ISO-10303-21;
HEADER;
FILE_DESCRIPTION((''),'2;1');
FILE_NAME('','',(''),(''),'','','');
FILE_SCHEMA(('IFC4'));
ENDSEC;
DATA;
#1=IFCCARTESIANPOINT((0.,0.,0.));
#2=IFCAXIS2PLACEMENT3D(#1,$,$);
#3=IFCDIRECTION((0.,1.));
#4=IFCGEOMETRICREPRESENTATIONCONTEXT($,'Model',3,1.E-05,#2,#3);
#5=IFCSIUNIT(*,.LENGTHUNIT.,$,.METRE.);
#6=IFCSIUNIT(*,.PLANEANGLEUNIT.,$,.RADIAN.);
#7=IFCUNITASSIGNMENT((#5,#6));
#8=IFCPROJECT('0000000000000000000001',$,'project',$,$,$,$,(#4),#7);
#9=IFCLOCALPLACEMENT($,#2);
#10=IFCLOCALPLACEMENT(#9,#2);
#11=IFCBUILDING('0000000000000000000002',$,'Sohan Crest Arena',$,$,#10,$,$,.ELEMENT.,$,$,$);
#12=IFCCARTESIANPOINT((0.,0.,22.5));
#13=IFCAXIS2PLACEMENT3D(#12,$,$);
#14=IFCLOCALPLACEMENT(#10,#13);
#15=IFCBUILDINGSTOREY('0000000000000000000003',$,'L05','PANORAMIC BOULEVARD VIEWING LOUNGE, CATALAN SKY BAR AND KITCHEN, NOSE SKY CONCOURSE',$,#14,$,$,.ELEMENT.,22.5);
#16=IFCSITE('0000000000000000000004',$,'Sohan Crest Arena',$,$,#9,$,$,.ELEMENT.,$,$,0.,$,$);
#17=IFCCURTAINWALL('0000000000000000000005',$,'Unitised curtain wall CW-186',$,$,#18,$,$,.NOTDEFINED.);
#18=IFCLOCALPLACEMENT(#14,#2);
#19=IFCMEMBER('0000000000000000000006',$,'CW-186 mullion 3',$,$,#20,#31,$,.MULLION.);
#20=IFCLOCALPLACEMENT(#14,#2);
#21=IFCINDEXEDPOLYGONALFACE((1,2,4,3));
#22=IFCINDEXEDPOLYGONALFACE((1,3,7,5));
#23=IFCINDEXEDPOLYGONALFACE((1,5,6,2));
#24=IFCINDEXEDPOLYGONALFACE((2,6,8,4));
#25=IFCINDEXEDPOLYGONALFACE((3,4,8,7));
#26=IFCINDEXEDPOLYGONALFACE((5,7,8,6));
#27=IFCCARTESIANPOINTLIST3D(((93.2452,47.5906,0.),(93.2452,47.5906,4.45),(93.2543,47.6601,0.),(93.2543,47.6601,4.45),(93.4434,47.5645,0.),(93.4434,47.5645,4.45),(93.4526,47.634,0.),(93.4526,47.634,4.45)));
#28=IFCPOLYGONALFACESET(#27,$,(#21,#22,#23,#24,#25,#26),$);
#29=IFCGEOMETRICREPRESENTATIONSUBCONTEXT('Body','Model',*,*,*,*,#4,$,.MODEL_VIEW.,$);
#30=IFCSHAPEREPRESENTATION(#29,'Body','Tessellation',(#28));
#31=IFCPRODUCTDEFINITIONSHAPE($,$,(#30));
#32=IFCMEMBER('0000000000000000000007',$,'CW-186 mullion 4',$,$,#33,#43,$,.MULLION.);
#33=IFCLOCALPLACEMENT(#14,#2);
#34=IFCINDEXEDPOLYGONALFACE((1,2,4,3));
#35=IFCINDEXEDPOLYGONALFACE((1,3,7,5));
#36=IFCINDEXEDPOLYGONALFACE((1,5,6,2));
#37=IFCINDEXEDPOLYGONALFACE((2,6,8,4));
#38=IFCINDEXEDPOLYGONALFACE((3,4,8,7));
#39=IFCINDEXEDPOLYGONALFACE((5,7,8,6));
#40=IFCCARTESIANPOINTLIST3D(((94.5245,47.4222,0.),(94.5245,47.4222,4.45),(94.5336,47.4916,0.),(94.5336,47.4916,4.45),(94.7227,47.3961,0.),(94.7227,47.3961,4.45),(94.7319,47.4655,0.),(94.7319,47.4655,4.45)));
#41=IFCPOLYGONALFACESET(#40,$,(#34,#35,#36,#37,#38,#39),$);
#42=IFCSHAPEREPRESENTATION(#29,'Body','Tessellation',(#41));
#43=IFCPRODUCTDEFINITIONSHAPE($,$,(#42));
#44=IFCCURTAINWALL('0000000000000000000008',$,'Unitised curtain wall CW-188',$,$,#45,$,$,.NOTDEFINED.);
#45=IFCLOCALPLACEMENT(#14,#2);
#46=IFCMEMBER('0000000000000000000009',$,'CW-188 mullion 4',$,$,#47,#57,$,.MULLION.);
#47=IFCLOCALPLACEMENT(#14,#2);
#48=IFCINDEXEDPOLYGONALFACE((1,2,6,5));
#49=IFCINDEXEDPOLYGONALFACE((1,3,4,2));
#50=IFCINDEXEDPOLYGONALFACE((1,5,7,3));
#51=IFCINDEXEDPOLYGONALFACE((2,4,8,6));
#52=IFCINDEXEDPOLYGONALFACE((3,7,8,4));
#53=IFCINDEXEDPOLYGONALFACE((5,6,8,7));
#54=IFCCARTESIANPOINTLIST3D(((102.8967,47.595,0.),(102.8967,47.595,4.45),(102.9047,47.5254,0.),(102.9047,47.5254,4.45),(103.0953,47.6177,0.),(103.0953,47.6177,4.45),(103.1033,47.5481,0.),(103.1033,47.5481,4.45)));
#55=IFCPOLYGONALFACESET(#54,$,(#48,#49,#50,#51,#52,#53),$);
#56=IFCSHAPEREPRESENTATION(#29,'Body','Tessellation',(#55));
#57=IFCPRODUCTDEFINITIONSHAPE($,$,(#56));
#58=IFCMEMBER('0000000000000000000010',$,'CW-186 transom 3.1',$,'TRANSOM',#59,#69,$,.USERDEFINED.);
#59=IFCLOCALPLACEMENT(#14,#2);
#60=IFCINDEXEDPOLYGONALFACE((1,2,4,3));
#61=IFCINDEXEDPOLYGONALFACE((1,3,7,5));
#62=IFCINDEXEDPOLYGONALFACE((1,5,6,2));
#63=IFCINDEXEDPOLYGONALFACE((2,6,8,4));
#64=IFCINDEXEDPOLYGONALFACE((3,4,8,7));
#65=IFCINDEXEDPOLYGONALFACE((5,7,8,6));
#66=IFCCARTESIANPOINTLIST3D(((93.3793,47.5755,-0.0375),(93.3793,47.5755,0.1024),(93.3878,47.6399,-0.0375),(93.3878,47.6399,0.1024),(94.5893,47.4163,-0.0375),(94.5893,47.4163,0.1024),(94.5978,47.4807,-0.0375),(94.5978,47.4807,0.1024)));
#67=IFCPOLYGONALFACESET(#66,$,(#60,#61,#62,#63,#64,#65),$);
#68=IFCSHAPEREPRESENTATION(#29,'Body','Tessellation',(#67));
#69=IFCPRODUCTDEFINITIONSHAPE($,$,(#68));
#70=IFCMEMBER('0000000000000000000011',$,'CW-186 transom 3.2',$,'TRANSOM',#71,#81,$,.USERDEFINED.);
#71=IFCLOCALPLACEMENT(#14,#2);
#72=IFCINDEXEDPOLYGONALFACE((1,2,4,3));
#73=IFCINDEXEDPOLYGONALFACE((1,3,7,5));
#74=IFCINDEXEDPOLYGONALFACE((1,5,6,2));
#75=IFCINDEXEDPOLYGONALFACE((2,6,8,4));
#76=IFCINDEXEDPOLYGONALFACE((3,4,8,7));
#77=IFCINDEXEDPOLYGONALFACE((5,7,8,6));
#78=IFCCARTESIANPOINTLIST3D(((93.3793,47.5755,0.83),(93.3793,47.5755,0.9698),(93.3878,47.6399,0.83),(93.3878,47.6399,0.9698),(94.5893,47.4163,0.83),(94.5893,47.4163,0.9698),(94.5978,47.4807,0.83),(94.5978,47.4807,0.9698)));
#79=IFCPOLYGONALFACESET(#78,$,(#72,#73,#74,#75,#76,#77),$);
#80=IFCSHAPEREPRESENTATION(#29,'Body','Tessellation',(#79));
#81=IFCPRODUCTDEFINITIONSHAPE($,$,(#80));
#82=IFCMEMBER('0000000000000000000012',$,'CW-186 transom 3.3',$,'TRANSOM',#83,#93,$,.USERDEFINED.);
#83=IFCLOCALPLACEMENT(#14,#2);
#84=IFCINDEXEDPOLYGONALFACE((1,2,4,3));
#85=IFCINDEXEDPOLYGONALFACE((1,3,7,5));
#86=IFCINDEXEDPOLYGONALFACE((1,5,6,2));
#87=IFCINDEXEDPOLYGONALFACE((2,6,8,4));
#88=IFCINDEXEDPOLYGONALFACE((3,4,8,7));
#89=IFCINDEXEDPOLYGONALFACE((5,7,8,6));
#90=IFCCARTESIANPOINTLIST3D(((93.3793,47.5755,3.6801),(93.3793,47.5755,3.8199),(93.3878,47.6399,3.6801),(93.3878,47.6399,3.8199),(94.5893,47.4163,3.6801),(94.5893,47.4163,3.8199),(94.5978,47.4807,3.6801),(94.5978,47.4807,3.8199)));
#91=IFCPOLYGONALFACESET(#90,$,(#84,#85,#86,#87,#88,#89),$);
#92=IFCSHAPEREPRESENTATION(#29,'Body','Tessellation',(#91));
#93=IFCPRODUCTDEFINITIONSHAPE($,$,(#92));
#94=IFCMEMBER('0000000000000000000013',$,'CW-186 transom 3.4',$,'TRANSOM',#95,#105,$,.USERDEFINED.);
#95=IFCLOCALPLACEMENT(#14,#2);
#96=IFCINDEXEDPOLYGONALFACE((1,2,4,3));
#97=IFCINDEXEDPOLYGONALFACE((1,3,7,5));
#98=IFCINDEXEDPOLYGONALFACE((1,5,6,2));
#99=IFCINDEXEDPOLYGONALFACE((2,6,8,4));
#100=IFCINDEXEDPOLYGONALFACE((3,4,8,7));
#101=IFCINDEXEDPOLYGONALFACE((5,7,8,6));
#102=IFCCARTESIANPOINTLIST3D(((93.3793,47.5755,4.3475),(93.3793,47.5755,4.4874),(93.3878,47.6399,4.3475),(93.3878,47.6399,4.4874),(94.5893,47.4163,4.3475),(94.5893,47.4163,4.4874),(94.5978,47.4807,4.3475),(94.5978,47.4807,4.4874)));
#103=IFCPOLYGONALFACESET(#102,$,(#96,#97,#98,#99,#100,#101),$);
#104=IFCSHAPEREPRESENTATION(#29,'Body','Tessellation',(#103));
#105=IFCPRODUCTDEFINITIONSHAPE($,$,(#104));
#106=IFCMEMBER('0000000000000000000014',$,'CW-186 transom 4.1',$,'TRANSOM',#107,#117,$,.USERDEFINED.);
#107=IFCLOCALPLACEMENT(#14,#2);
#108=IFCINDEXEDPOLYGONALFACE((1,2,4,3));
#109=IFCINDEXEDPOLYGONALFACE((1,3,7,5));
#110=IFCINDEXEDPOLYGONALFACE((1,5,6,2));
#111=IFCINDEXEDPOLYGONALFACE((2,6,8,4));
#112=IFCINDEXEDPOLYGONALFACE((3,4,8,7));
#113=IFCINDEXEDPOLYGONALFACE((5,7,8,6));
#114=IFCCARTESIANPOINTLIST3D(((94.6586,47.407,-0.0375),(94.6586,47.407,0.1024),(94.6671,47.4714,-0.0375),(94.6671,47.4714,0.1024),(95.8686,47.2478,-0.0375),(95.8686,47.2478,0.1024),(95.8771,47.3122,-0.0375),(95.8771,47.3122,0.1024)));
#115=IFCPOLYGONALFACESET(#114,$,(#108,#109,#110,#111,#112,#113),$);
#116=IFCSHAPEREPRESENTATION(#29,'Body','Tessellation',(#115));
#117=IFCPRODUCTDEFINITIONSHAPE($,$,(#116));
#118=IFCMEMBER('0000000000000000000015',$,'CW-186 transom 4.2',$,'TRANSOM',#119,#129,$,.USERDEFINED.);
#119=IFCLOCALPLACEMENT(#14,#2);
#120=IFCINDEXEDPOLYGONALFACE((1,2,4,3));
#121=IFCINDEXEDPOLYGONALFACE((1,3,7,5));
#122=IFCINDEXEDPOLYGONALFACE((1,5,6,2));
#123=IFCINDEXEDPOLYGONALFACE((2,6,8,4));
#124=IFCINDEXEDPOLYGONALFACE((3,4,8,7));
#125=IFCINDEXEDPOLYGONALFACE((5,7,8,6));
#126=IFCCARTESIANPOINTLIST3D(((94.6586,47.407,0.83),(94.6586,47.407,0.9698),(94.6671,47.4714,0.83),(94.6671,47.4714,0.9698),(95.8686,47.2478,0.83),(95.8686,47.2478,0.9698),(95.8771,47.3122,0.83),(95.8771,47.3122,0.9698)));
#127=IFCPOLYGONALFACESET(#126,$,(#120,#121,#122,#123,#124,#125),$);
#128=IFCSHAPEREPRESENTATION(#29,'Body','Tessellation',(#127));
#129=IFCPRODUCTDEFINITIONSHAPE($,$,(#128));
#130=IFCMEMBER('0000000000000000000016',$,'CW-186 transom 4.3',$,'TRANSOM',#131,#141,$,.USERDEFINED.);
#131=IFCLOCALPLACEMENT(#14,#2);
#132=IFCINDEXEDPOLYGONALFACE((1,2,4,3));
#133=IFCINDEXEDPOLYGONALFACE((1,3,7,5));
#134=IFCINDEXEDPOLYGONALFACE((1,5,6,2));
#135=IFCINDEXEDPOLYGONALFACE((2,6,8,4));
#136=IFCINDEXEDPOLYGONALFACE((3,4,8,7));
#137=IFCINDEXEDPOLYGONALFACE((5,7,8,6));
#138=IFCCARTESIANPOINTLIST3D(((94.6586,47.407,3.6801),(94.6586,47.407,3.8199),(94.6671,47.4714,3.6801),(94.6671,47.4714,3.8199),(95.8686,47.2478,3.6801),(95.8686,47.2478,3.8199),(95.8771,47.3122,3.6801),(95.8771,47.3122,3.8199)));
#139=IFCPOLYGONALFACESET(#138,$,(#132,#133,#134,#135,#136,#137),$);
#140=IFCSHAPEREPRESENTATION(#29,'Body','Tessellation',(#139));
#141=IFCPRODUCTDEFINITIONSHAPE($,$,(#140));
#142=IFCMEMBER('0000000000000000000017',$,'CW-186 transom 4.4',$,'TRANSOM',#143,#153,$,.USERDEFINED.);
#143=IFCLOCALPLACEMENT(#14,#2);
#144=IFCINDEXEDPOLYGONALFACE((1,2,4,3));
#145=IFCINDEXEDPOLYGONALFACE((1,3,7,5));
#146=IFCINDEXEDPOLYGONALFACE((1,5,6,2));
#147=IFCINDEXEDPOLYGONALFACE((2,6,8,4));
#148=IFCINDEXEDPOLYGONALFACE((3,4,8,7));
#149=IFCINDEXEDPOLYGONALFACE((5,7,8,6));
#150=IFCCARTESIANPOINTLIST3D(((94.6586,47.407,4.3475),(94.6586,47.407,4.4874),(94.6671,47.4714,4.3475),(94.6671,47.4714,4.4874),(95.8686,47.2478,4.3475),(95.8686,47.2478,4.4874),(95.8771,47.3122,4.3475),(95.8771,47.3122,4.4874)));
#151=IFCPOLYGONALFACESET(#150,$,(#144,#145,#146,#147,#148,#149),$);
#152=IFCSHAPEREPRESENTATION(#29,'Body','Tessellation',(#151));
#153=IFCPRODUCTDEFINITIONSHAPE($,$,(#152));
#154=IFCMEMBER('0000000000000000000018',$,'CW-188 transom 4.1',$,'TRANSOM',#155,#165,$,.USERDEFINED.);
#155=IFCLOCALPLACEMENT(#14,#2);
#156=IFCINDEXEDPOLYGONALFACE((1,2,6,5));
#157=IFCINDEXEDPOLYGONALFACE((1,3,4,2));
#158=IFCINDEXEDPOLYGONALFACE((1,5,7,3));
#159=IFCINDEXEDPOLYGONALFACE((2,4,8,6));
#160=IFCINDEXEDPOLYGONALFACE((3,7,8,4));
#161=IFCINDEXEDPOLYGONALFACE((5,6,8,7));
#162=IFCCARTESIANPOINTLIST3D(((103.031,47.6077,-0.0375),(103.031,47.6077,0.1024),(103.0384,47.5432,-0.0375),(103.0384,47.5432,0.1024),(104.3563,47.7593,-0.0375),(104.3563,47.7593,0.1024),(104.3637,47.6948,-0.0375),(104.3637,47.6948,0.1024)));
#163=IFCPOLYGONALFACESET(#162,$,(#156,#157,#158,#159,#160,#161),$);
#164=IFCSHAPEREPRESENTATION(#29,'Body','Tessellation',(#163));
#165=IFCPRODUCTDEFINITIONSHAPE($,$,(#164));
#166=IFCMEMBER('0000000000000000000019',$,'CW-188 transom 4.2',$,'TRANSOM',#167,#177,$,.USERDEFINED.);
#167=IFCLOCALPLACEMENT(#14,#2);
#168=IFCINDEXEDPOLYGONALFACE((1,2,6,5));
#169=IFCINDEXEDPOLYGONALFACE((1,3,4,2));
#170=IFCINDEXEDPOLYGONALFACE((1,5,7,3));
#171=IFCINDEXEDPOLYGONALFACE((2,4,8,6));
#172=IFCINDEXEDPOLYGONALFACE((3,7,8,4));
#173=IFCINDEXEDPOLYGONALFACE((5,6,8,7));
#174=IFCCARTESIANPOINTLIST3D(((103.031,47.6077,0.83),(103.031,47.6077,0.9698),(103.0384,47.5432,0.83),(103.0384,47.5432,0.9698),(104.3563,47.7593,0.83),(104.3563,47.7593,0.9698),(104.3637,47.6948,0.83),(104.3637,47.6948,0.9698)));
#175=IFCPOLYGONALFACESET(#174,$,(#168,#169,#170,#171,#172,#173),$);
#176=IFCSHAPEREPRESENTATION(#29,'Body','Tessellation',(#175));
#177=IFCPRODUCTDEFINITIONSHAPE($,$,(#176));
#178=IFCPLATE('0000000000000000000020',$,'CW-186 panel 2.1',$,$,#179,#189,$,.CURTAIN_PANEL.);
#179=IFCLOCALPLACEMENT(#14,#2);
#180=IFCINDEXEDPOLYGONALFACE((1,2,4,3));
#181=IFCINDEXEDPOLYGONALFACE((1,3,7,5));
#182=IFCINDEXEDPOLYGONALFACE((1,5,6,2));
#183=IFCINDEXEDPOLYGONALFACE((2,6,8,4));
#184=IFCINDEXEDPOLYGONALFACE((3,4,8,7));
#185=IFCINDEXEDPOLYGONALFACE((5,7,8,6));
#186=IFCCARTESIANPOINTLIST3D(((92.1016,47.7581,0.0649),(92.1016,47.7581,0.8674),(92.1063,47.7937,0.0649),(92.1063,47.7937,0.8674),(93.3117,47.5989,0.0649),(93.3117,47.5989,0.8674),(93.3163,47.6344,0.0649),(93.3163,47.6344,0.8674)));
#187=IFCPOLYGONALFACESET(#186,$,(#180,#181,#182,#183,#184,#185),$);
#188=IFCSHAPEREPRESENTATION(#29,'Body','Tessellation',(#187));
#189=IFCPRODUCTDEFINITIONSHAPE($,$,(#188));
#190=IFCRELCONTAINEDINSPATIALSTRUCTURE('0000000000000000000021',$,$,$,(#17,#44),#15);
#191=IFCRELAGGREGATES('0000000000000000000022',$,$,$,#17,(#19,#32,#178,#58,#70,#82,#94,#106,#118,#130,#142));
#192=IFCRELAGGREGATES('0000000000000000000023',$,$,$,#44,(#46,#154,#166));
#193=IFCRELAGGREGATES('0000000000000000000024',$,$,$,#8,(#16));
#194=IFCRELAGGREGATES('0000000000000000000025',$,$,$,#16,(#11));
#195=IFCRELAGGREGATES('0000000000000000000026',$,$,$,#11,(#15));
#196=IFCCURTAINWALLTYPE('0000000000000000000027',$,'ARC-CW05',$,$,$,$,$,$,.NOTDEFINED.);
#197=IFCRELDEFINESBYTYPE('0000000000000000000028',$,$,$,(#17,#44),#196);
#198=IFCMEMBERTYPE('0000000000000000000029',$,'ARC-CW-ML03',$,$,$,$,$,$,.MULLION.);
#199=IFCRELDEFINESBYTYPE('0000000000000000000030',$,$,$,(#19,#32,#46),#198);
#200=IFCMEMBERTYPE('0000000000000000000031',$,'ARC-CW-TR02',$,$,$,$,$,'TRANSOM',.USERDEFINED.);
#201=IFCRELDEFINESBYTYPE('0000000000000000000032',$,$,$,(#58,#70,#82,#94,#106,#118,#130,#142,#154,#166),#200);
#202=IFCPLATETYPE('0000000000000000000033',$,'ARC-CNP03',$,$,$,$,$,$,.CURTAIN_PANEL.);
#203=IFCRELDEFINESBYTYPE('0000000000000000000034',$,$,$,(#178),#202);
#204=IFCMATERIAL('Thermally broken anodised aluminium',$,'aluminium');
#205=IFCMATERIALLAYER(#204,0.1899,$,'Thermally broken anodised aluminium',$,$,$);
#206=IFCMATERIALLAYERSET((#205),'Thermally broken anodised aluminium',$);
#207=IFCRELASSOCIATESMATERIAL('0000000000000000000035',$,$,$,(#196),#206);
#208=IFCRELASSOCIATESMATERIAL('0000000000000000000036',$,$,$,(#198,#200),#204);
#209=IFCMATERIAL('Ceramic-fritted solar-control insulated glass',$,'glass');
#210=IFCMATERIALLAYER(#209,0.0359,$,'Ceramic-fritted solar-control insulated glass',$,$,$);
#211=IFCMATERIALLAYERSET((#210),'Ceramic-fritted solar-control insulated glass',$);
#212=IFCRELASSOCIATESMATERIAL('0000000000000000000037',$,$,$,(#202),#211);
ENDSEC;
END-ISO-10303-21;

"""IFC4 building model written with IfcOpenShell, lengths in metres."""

from ifc_helpers import new_model, si_unit, direction, frame, origin, origin_2d, place, context, subcontext, project, spatial, rectangle, extrude, material, layer, layer_set, material_profile, profile_set, type_object, element, aggregate, save


model = new_model("IFC4")

# Units and contexts
model_context = context("Model", 3, precision=1e-05, world=origin(), true_north=direction((0.0, 1.0)))
body_context = subcontext(model_context, "Body", "Model", "MODEL_VIEW")
ifc_project = project(units=[si_unit("LENGTHUNIT", "METRE"), si_unit("PLANEANGLEUNIT", "RADIAN")], contexts=[model_context])

# Site, building, storey
site_placement = place(None, origin())
site = spatial("IfcSite", under=ifc_project, at=site_placement, Name="Sohan Crest Arena", CompositionType="ELEMENT", RefElevation=0.0)
building_placement = place(site_placement, origin())
building = spatial("IfcBuilding", under=site, at=building_placement, Name="Sohan Crest Arena", CompositionType="ELEMENT")
storey_placement = place(building_placement, frame((0.0, 0.0, 22.5)))
storey = spatial("IfcBuildingStorey", under=building, at=storey_placement, Name="L05", Description="PANORAMIC BOULEVARD VIEWING LOUNGE, CATALAN SKY BAR AND KITCHEN, NOSE SKY CONCOURSE", CompositionType="ELEMENT", Elevation=22.5)

# Curtain wall, members
ifc_material_1 = material(Name="Thermally broken anodised aluminium", Category="aluminium")
ifc_layer_1 = layer(ifc_material_1, 0.1899, Name="Thermally broken anodised aluminium")
ifc_layer_set_1 = layer_set([ifc_layer_1], Name="Thermally broken anodised aluminium")
curtain_wall_type = type_object("IfcCurtainWallType", Name="ARC-CW05", PredefinedType="NOTDEFINED", material=ifc_layer_set_1)
curtain_wall_1_placement = place(storey_placement, origin())
curtain_wall_1 = element("IfcCurtainWall", 1, at=curtain_wall_1_placement, inside=storey, type_object=curtain_wall_type, Name="Unitised curtain wall CW-186", PredefinedType="NOTDEFINED")
ifc_material_profile_1 = material_profile(ifc_material_1, rectangle(XDim=0.0701, YDim=0.2, at=origin_2d()), Name="ALU-MULL 70x200")
ifc_profile_set_1 = profile_set([ifc_material_profile_1], Name="Thermally broken anodised aluminium")
member_type_1 = type_object("IfcMemberType", Name="ARC-CW-ML03", PredefinedType="MULLION", material=ifc_profile_set_1)
member_1_placement = place(storey_placement, frame((93.3489, 47.6123, 0.0), z_axis=(0.0, 0.0, 1.0), x_axis=(0.130499, 0.991448, 0.0)))
member_1 = element("IfcMember", 2, at=member_1_placement, type_object=member_type_1, Name="CW-186 mullion 3", PredefinedType="MULLION", context=body_context, shape_type="SweptSolid", body=[
    extrude(rectangle(XDim=0.0701, YDim=0.2, at=origin_2d()), origin(), (0.0, 0.0, 1.0), 4.45),
])
member_2_placement = place(storey_placement, frame((94.6282, 47.4438, 0.0), z_axis=(0.0, 0.0, 1.0), x_axis=(0.130499, 0.991448, 0.0)))
member_2 = element("IfcMember", 3, at=member_2_placement, type_object=member_type_1, Name="CW-186 mullion 4", PredefinedType="MULLION", context=body_context, shape_type="SweptSolid", body=[
    extrude(rectangle(XDim=0.0701, YDim=0.2, at=origin_2d()), origin(), (0.0, 0.0, 1.0), 4.45),
])

# Curtain wall, member
curtain_wall_2_placement = place(storey_placement, origin())
curtain_wall_2 = element("IfcCurtainWall", 4, at=curtain_wall_2_placement, inside=storey, type_object=curtain_wall_type, Name="Unitised curtain wall CW-188", PredefinedType="NOTDEFINED")
member_3_placement = place(storey_placement, frame((103.0, 47.5715, 0.0), z_axis=(0.0, 0.0, 1.0), x_axis=(-0.113597, 0.993527, 0.0)))
member_3 = element("IfcMember", 5, at=member_3_placement, type_object=member_type_1, Name="CW-188 mullion 4", PredefinedType="MULLION", context=body_context, shape_type="SweptSolid", body=[
    extrude(rectangle(XDim=0.0701, YDim=0.2, at=origin_2d()), origin(), (0.0, 0.0, 1.0), 4.45),
])

# Members
ifc_material_profile_2 = material_profile(ifc_material_1, rectangle(XDim=0.0649, YDim=0.1399, at=origin_2d()), Name="ALU-TRAN 65x140")
ifc_profile_set_2 = profile_set([ifc_material_profile_2], Name="Thermally broken anodised aluminium")
member_type_2 = type_object("IfcMemberType", Name="ARC-CW-TR02", ElementType="TRANSOM", PredefinedType="USERDEFINED", material=ifc_profile_set_2)
member_4_placement = place(storey_placement, frame((93.3835, 47.6077, 0.0325), z_axis=(0.991457, -0.130434, 0.0), x_axis=(0.130434, 0.991457, 0.0)))
member_4 = element("IfcMember", 6, at=member_4_placement, type_object=member_type_2, Name="CW-186 transom 3.1", ObjectType="TRANSOM", PredefinedType="USERDEFINED", context=body_context, shape_type="SweptSolid", body=[
    extrude(rectangle(XDim=0.0649, YDim=0.1399, at=origin_2d()), origin(), (0.0, 0.0, 1.0), 1.2205),
])
member_5_placement = place(storey_placement, frame((93.3835, 47.6077, 0.8999), z_axis=(0.991457, -0.130434, 0.0), x_axis=(0.130434, 0.991457, 0.0)))
member_5 = element("IfcMember", 7, at=member_5_placement, type_object=member_type_2, Name="CW-186 transom 3.2", ObjectType="TRANSOM", PredefinedType="USERDEFINED", context=body_context, shape_type="SweptSolid", body=[
    extrude(rectangle(XDim=0.0649, YDim=0.1399, at=origin_2d()), origin(), (0.0, 0.0, 1.0), 1.2205),
])
member_6_placement = place(storey_placement, frame((93.3835, 47.6077, 3.75), z_axis=(0.991457, -0.130434, 0.0), x_axis=(0.130434, 0.991457, 0.0)))
member_6 = element("IfcMember", 8, at=member_6_placement, type_object=member_type_2, Name="CW-186 transom 3.3", ObjectType="TRANSOM", PredefinedType="USERDEFINED", context=body_context, shape_type="SweptSolid", body=[
    extrude(rectangle(XDim=0.0649, YDim=0.1399, at=origin_2d()), origin(), (0.0, 0.0, 1.0), 1.2205),
])
member_7_placement = place(storey_placement, frame((93.3835, 47.6077, 4.4175), z_axis=(0.991457, -0.130434, 0.0), x_axis=(0.130434, 0.991457, 0.0)))
member_7 = element("IfcMember", 9, at=member_7_placement, type_object=member_type_2, Name="CW-186 transom 3.4", ObjectType="TRANSOM", PredefinedType="USERDEFINED", context=body_context, shape_type="SweptSolid", body=[
    extrude(rectangle(XDim=0.0649, YDim=0.1399, at=origin_2d()), origin(), (0.0, 0.0, 1.0), 1.2205),
])
member_8_placement = place(storey_placement, frame((94.6628, 47.4392, 0.0325), z_axis=(0.991457, -0.130434, 0.0), x_axis=(0.130434, 0.991457, 0.0)))
member_8 = element("IfcMember", 10, at=member_8_placement, type_object=member_type_2, Name="CW-186 transom 4.1", ObjectType="TRANSOM", PredefinedType="USERDEFINED", context=body_context, shape_type="SweptSolid", body=[
    extrude(rectangle(XDim=0.0649, YDim=0.1399, at=origin_2d()), origin(), (0.0, 0.0, 1.0), 1.2205),
])
member_9_placement = place(storey_placement, frame((94.6628, 47.4392, 0.8999), z_axis=(0.991457, -0.130434, 0.0), x_axis=(0.130434, 0.991457, 0.0)))
member_9 = element("IfcMember", 11, at=member_9_placement, type_object=member_type_2, Name="CW-186 transom 4.2", ObjectType="TRANSOM", PredefinedType="USERDEFINED", context=body_context, shape_type="SweptSolid", body=[
    extrude(rectangle(XDim=0.0649, YDim=0.1399, at=origin_2d()), origin(), (0.0, 0.0, 1.0), 1.2205),
])
member_10_placement = place(storey_placement, frame((94.6628, 47.4392, 3.75), z_axis=(0.991457, -0.130434, 0.0), x_axis=(0.130434, 0.991457, 0.0)))
member_10 = element("IfcMember", 12, at=member_10_placement, type_object=member_type_2, Name="CW-186 transom 4.3", ObjectType="TRANSOM", PredefinedType="USERDEFINED", context=body_context, shape_type="SweptSolid", body=[
    extrude(rectangle(XDim=0.0649, YDim=0.1399, at=origin_2d()), origin(), (0.0, 0.0, 1.0), 1.2205),
])
member_11_placement = place(storey_placement, frame((94.6628, 47.4392, 4.4175), z_axis=(0.991457, -0.130434, 0.0), x_axis=(0.130434, 0.991457, 0.0)))
member_11 = element("IfcMember", 13, at=member_11_placement, type_object=member_type_2, Name="CW-186 transom 4.4", ObjectType="TRANSOM", PredefinedType="USERDEFINED", context=body_context, shape_type="SweptSolid", body=[
    extrude(rectangle(XDim=0.0649, YDim=0.1399, at=origin_2d()), origin(), (0.0, 0.0, 1.0), 1.2205),
])
member_12_placement = place(storey_placement, frame((103.0347, 47.5754, 0.0325), z_axis=(0.993521, 0.113645, 0.0), x_axis=(-0.113645, 0.993521, 0.0)))
member_12 = element("IfcMember", 14, at=member_12_placement, type_object=member_type_2, Name="CW-188 transom 4.1", ObjectType="TRANSOM", PredefinedType="USERDEFINED", context=body_context, shape_type="SweptSolid", body=[
    extrude(rectangle(XDim=0.0649, YDim=0.1399, at=origin_2d()), origin(), (0.0, 0.0, 1.0), 1.334),
])
member_13_placement = place(storey_placement, frame((103.0347, 47.5754, 0.8999), z_axis=(0.993521, 0.113645, 0.0), x_axis=(-0.113645, 0.993521, 0.0)))
member_13 = element("IfcMember", 15, at=member_13_placement, type_object=member_type_2, Name="CW-188 transom 4.2", ObjectType="TRANSOM", PredefinedType="USERDEFINED", context=body_context, shape_type="SweptSolid", body=[
    extrude(rectangle(XDim=0.0649, YDim=0.1399, at=origin_2d()), origin(), (0.0, 0.0, 1.0), 1.334),
])

# Plate
ifc_material_2 = material(Name="Ceramic-fritted solar-control insulated glass", Category="glass")
ifc_layer_2 = layer(ifc_material_2, 0.0359, Name="Ceramic-fritted solar-control insulated glass")
ifc_layer_set_2 = layer_set([ifc_layer_2], Name="Ceramic-fritted solar-control insulated glass")
plate_type = type_object("IfcPlateType", Name="ARC-CNP03", PredefinedType="CURTAIN_PANEL", material=ifc_layer_set_2)
plate_1_placement = place(storey_placement, frame((92.709, 47.6963, 0.0649), z_axis=(0.0, 0.0, 1.0), x_axis=(0.991448, -0.130499, 0.0)))
plate_1 = element("IfcPlate", 16, at=plate_1_placement, type_object=plate_type, Name="CW-186 panel 2.1", PredefinedType="CURTAIN_PANEL", context=body_context, shape_type="SweptSolid", body=[
    extrude(rectangle(XDim=1.2205, YDim=0.0359, at=origin_2d()), origin(), (0.0, 0.0, 1.0), 0.8025),
])
aggregate(curtain_wall_1, [member_1, member_2, plate_1, member_4, member_5, member_6, member_7, member_8, member_9, member_10, member_11])
aggregate(curtain_wall_2, [member_3, member_12, member_13])

save(model, "model.ifc")
